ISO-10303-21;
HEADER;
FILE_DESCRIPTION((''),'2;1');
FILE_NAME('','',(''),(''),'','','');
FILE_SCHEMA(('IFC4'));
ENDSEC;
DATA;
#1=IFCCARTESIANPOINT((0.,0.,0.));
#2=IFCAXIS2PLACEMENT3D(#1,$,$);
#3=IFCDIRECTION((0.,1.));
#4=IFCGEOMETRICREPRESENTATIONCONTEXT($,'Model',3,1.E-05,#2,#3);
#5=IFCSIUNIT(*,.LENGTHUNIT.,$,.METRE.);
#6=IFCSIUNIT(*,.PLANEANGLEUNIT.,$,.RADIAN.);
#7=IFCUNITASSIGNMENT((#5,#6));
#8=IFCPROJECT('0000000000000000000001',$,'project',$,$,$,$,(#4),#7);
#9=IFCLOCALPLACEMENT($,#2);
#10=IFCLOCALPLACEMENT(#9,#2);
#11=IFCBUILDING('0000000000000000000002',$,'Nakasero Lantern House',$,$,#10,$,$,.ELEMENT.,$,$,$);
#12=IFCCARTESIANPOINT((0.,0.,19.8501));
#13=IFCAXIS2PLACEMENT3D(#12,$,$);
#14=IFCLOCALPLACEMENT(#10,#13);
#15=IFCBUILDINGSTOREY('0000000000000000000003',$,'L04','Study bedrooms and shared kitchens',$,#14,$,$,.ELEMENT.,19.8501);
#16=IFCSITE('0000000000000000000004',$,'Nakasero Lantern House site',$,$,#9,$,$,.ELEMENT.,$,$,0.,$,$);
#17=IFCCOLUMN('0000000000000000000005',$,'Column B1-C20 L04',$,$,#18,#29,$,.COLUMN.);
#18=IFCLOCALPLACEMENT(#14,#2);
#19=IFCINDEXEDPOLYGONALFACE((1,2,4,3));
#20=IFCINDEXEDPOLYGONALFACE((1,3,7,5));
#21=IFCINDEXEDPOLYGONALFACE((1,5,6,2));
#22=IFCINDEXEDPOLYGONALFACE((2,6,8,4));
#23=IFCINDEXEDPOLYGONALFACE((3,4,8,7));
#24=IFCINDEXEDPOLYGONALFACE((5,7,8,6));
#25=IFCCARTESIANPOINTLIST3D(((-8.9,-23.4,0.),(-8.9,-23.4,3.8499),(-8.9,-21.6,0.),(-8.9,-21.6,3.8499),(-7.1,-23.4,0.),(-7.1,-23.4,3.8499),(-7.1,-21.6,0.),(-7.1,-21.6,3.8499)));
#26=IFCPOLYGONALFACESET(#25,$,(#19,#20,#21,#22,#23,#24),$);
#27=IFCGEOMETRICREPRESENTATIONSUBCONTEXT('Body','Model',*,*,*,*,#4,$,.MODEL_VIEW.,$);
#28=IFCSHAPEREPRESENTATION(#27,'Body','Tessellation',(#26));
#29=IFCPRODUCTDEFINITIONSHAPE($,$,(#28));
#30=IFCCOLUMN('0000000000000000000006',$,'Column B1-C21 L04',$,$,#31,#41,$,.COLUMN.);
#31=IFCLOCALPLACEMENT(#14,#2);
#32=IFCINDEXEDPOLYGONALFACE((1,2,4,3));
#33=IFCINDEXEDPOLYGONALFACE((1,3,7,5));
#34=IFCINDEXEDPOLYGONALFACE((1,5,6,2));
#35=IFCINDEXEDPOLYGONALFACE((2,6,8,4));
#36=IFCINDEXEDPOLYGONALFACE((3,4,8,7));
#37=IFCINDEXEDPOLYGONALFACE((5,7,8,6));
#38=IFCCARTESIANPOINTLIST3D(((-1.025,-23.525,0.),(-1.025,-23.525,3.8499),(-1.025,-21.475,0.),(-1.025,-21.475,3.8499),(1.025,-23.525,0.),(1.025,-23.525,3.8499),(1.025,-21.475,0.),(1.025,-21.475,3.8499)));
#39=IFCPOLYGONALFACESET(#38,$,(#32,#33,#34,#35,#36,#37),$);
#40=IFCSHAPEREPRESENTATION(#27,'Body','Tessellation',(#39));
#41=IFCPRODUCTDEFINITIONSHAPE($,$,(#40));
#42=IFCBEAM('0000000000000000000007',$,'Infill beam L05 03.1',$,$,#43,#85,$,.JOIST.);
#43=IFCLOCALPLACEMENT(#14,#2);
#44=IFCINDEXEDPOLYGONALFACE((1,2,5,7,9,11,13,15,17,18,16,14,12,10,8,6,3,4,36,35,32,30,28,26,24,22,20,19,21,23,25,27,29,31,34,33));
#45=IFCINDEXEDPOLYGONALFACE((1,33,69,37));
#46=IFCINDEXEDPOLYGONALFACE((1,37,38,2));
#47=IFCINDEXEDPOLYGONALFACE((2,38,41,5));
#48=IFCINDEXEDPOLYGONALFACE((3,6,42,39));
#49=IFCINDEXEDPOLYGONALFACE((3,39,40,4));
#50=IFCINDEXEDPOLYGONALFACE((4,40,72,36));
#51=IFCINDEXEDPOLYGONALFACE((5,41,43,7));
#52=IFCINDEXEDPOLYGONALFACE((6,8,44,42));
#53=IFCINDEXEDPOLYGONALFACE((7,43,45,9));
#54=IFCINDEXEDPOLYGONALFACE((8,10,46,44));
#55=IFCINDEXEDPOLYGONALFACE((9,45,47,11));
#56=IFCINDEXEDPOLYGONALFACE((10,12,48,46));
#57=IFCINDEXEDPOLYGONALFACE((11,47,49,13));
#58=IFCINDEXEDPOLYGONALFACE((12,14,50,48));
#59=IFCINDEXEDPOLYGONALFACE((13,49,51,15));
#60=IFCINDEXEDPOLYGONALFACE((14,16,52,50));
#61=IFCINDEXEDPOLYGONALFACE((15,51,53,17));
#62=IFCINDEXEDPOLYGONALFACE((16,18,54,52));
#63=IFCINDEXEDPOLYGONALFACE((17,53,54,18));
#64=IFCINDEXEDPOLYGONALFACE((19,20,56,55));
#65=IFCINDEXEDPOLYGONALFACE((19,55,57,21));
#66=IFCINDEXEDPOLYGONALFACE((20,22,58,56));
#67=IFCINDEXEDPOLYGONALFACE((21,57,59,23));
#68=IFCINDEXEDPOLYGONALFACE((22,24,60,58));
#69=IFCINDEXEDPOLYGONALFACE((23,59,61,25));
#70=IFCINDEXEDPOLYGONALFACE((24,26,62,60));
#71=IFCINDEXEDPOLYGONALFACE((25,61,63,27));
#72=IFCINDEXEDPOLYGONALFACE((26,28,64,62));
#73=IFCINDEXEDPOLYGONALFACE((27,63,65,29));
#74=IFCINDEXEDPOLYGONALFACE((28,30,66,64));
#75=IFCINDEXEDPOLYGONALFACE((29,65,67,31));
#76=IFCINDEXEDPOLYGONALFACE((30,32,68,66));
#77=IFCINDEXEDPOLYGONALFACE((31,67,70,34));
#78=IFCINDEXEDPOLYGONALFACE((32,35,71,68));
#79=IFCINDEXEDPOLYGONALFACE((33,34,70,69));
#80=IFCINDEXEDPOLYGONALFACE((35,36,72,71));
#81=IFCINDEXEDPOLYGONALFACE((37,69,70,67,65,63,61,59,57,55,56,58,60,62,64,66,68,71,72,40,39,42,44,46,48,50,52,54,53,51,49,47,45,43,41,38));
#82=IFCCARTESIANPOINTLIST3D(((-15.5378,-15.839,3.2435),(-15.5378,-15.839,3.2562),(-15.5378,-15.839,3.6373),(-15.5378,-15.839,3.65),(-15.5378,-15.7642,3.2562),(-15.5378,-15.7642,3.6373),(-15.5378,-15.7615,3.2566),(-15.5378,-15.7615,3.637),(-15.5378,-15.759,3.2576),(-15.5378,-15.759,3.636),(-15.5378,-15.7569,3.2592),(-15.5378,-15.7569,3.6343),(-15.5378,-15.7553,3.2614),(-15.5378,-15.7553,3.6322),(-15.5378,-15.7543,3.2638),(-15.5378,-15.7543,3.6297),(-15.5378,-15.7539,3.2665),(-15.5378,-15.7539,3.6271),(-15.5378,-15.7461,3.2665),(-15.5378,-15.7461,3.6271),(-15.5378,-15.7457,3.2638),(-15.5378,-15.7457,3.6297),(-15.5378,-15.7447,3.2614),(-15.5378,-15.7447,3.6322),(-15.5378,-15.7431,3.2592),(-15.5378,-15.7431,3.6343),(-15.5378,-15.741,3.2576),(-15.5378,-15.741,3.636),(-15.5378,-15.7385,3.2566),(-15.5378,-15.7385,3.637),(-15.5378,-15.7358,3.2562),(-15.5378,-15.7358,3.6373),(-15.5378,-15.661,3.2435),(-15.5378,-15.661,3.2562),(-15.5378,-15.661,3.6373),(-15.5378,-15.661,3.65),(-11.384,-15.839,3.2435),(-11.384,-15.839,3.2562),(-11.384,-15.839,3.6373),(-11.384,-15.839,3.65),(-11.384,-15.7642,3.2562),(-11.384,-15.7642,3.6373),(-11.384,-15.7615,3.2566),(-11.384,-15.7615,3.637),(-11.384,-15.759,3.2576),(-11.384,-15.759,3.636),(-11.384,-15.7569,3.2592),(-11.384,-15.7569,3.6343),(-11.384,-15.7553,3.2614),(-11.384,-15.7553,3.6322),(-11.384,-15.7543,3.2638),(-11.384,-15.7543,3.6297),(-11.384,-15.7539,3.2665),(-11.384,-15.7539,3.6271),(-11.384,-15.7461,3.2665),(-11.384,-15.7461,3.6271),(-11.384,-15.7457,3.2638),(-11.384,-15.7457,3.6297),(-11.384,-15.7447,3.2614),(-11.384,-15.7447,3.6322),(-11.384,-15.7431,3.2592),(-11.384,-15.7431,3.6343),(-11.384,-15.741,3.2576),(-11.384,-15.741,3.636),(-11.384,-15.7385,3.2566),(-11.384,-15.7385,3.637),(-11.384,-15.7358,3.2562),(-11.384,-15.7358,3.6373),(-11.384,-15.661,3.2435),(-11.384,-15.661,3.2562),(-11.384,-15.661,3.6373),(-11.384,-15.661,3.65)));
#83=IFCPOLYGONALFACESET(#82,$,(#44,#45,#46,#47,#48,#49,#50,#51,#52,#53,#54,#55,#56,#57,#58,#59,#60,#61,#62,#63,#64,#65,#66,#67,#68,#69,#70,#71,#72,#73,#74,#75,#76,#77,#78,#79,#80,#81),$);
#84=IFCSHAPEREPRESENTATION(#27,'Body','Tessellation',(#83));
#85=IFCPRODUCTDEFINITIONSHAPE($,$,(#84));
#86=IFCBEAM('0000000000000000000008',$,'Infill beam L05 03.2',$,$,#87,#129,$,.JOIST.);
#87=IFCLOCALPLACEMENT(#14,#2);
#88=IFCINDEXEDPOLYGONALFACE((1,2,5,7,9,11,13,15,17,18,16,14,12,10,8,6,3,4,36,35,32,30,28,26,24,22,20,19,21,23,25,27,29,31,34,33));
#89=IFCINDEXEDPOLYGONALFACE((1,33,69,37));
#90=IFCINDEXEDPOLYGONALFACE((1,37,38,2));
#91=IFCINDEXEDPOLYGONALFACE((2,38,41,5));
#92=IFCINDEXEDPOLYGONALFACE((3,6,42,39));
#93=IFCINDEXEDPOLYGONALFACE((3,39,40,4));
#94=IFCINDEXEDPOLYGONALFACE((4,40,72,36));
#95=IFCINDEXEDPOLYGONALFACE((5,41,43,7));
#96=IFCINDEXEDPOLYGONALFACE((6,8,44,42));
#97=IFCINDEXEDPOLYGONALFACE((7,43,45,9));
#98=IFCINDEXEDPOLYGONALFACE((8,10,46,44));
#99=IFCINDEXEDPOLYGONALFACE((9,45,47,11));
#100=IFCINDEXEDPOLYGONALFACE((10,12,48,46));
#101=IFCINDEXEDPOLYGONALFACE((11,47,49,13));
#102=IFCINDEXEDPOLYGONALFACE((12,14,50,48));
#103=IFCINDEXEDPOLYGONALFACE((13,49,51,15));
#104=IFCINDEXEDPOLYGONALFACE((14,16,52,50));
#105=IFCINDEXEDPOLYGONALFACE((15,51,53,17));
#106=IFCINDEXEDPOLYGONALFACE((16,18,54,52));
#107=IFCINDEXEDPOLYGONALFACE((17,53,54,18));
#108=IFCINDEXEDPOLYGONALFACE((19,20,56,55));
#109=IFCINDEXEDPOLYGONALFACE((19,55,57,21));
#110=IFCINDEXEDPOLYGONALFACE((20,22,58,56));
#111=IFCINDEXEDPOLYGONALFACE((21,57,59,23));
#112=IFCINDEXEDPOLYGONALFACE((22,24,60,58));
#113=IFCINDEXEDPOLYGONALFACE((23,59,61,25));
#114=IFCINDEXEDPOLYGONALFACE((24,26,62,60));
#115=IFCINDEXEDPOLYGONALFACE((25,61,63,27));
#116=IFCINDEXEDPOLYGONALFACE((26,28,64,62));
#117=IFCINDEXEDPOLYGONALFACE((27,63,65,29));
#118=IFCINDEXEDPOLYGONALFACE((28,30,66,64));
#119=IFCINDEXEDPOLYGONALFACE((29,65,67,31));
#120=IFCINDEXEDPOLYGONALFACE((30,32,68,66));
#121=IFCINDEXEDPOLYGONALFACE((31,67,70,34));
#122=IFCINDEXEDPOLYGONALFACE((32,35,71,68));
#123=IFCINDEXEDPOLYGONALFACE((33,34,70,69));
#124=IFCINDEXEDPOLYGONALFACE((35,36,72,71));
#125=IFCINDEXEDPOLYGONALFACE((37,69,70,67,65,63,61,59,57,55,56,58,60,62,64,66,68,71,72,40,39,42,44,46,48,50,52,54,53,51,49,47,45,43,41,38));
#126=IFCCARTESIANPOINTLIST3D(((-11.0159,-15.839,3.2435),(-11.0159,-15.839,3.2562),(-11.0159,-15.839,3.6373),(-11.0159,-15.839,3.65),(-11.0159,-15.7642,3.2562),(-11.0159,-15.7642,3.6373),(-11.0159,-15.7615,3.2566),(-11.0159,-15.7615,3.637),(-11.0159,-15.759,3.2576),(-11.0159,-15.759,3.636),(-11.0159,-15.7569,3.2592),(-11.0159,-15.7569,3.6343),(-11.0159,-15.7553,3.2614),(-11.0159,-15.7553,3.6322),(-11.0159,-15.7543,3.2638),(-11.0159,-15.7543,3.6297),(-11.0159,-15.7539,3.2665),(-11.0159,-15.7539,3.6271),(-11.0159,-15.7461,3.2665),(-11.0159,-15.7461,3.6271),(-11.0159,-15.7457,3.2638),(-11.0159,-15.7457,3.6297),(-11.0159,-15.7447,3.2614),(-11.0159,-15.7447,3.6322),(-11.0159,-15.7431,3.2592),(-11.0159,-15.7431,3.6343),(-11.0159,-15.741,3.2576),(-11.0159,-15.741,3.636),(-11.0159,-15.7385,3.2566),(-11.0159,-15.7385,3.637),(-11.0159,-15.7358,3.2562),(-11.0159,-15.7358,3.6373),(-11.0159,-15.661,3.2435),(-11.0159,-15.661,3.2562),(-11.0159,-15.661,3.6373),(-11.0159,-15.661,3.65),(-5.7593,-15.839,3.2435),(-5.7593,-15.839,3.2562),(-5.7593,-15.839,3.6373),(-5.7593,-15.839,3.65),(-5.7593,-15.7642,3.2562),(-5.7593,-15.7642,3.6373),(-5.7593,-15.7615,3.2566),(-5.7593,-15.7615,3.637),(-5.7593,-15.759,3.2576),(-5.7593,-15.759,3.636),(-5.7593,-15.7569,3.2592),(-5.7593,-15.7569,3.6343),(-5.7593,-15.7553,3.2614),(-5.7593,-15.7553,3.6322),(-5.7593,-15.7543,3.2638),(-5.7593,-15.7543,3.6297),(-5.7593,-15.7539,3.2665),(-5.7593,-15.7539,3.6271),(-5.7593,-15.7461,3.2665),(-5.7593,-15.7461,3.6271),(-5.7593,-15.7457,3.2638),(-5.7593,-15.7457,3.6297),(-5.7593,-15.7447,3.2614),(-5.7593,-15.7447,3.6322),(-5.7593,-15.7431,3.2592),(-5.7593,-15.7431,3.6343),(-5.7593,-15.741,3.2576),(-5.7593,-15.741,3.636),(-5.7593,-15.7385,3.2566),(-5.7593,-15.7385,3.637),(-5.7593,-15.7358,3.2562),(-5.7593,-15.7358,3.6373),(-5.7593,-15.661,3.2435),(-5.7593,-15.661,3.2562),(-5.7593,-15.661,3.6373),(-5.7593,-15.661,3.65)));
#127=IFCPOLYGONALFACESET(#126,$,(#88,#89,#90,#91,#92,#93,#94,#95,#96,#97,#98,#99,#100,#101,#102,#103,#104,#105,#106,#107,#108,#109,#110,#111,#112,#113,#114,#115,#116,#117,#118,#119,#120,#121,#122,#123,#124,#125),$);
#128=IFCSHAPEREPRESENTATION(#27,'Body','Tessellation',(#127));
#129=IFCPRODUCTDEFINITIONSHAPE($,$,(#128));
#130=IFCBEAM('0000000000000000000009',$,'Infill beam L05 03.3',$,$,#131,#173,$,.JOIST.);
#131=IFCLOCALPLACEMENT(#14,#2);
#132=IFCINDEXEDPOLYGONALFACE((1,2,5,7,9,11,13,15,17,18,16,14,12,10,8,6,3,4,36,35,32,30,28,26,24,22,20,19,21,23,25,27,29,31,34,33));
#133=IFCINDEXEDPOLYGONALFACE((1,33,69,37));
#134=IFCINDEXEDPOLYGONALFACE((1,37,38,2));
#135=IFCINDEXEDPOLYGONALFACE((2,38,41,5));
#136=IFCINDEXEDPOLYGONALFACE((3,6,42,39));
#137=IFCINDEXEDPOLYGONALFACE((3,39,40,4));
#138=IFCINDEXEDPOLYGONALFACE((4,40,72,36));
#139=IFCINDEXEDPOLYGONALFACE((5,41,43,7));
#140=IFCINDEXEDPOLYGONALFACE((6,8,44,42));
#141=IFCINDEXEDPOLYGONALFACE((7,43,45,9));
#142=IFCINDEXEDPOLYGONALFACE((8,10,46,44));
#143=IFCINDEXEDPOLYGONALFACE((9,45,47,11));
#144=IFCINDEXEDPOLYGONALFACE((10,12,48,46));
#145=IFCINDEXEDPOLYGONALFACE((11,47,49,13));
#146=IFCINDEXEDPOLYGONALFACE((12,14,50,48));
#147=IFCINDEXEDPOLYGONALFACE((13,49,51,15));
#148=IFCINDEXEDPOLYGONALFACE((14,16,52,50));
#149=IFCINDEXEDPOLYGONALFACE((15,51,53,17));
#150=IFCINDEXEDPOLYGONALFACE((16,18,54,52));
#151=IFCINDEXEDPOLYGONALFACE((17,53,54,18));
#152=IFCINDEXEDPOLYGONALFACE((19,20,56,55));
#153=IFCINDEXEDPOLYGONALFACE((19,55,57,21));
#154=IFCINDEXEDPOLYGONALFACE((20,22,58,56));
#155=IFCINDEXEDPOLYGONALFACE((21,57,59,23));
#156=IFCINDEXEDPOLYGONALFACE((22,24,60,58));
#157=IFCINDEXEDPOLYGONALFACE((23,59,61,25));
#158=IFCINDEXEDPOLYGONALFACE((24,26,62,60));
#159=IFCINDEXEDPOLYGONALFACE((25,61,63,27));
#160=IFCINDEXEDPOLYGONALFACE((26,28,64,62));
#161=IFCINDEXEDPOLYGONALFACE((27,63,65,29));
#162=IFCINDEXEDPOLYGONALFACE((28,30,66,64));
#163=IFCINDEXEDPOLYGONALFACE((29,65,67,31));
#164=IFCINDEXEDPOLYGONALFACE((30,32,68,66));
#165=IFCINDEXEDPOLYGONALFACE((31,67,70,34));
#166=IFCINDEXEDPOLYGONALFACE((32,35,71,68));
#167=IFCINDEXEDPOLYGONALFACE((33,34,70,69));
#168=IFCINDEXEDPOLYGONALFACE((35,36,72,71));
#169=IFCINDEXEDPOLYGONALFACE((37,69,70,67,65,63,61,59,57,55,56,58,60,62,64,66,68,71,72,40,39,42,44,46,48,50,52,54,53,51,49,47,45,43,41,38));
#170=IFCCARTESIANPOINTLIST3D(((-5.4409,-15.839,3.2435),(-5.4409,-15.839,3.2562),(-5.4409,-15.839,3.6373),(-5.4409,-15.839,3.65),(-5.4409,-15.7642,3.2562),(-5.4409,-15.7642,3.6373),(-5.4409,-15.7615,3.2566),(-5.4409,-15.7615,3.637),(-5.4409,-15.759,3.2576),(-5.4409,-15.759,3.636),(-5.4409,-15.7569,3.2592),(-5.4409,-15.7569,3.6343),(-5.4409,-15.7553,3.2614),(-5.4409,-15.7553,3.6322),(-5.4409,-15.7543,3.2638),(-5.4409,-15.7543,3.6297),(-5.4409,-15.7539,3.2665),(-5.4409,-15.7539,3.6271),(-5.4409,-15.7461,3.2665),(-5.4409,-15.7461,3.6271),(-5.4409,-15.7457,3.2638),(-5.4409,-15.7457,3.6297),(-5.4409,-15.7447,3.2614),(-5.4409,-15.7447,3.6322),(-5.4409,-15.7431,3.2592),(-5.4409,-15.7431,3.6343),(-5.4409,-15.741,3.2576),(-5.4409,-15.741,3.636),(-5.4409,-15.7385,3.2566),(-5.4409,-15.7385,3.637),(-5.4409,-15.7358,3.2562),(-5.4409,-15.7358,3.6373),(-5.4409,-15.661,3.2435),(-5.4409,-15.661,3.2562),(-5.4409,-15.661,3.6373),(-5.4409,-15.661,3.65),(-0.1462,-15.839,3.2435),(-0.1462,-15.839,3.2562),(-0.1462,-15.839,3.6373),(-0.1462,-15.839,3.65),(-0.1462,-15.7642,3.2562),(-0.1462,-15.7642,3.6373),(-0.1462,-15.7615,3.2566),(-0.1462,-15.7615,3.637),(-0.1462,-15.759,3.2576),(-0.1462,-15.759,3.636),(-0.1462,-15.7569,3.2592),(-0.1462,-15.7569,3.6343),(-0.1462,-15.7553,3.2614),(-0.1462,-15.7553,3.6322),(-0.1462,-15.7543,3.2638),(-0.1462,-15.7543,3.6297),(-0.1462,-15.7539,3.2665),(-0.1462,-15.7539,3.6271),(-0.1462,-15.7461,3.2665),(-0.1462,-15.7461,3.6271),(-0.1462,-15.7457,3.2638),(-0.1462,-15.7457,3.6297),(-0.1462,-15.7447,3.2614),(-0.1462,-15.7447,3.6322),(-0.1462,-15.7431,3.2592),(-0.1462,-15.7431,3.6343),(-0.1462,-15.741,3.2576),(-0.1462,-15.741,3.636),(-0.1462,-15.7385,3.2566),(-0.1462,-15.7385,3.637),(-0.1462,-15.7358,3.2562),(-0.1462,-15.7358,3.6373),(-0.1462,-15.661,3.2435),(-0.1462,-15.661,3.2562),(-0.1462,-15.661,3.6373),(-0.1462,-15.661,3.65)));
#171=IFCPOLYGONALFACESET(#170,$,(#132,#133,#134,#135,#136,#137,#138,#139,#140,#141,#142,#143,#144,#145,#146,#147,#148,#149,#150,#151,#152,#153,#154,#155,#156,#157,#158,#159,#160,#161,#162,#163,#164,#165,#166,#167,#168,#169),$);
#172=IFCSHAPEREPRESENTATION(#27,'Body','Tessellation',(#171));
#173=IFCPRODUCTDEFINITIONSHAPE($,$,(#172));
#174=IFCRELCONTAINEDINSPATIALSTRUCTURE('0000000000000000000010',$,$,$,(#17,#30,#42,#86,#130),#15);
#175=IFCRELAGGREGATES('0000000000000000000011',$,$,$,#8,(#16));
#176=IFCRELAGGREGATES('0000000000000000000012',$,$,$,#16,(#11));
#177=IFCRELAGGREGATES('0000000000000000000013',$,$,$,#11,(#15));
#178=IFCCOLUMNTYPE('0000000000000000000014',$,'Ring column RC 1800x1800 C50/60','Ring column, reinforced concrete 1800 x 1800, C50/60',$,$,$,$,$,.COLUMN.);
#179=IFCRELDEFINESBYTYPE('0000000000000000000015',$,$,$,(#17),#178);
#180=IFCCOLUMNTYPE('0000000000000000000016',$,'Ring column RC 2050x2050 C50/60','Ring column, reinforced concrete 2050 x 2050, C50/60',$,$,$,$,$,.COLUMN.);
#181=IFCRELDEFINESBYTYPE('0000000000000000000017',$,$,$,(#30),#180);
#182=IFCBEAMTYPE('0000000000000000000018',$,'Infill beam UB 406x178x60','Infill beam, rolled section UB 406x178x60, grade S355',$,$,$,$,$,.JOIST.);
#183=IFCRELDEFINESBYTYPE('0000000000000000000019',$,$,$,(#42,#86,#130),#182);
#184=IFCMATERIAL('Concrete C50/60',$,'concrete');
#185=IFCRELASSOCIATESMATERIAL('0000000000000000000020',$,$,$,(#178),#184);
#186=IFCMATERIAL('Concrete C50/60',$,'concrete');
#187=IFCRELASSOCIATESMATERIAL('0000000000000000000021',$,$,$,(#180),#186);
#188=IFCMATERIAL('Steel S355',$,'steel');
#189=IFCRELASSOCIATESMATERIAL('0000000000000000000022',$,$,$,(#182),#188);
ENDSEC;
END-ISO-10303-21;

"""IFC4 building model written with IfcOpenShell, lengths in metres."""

from ifc_helpers import new_model, si_unit, direction, frame, origin, origin_2d, place, context, subcontext, project, spatial, rectangle, i_section, extrude, material, material_profile, profile_set, type_object, element, save


model = new_model("IFC4")

# Units and contexts
model_context = context("Model", 3, precision=1e-05, world=origin(), true_north=direction((0.0, 1.0)))
body_context = subcontext(model_context, "Body", "Model", "MODEL_VIEW")
ifc_project = project(units=[si_unit("LENGTHUNIT", "METRE"), si_unit("PLANEANGLEUNIT", "RADIAN")], contexts=[model_context])

# Site, building, storey
site_placement = place(None, origin())
site = spatial("IfcSite", under=ifc_project, at=site_placement, Name="Nakasero Lantern House site", CompositionType="ELEMENT", RefElevation=0.0)
building_placement = place(site_placement, origin())
building = spatial("IfcBuilding", under=site, at=building_placement, Name="Nakasero Lantern House", CompositionType="ELEMENT")
storey_placement = place(building_placement, frame((0.0, 0.0, 19.8501)))
storey = spatial("IfcBuildingStorey", under=building, at=storey_placement, Name="L04", Description="Study bedrooms and shared kitchens", CompositionType="ELEMENT", Elevation=19.8501)

# Columns
ifc_material_1 = material(Name="Concrete C50/60", Category="concrete")
ifc_material_profile_1 = material_profile(ifc_material_1, rectangle(XDim=1.8, YDim=1.8, at=origin_2d()), Name="RC 1800x1800")
ifc_profile_set_1 = profile_set([ifc_material_profile_1], Name="Concrete C50/60")
column_type_1 = type_object("IfcColumnType", Name="Ring column RC 1800x1800 C50/60", Description="Ring column, reinforced concrete 1800 x 1800, C50/60", PredefinedType="COLUMN", material=ifc_profile_set_1)
column_1_placement = place(storey_placement, frame((-8.0, -22.5, 0.0), z_axis=(0.0, 0.0, 1.0), x_axis=(1.0, 0.0, 0.0)))
element("IfcColumn", 1, at=column_1_placement, inside=storey, type_object=column_type_1, Name="Column B1-C20 L04", PredefinedType="COLUMN", context=body_context, shape_type="SweptSolid", body=[
    extrude(rectangle(XDim=1.8, YDim=1.8, at=origin_2d()), origin(), (0.0, 0.0, 1.0), 3.8499),
])
ifc_material_2 = material(Name="Concrete C50/60", Category="concrete")
ifc_material_profile_2 = material_profile(ifc_material_2, rectangle(XDim=2.05, YDim=2.05, at=origin_2d()), Name="RC 2050x2050")
ifc_profile_set_2 = profile_set([ifc_material_profile_2], Name="Concrete C50/60")
column_type_2 = type_object("IfcColumnType", Name="Ring column RC 2050x2050 C50/60", Description="Ring column, reinforced concrete 2050 x 2050, C50/60", PredefinedType="COLUMN", material=ifc_profile_set_2)
column_2_placement = place(storey_placement, frame((0.0, -22.5, 0.0), z_axis=(0.0, 0.0, 1.0), x_axis=(1.0, 0.0, 0.0)))
element("IfcColumn", 2, at=column_2_placement, inside=storey, type_object=column_type_2, Name="Column B1-C21 L04", PredefinedType="COLUMN", context=body_context, shape_type="SweptSolid", body=[
    extrude(rectangle(XDim=2.05, YDim=2.05, at=origin_2d()), origin(), (0.0, 0.0, 1.0), 3.8499),
])

# Beams
ifc_material_3 = material(Name="Steel S355", Category="steel")
ifc_material_profile_3 = material_profile(ifc_material_3, i_section(OverallWidth=0.178, OverallDepth=0.4065, WebThickness=0.0078, FlangeThickness=0.0127, FilletRadius=0.0103, at=origin_2d()), Name="UB 406x178x60")
ifc_profile_set_3 = profile_set([ifc_material_profile_3], Name="Steel S355")
beam_type_1 = type_object("IfcBeamType", Name="Infill beam UB 406x178x60", Description="Infill beam, rolled section UB 406x178x60, grade S355", PredefinedType="JOIST", material=ifc_profile_set_3)
beam_1_placement = place(storey_placement, frame((-15.5378, -15.75, 3.4468), z_axis=(1.0, 0.0, 0.0), x_axis=(0.0, 1.0, 0.0)))
element("IfcBeam", 3, at=beam_1_placement, inside=storey, type_object=beam_type_1, Name="Infill beam L05 03.1", PredefinedType="JOIST", context=body_context, shape_type="SweptSolid", body=[
    extrude(i_section(OverallWidth=0.178, OverallDepth=0.4065, WebThickness=0.0078, FlangeThickness=0.0127, FilletRadius=0.0103, at=origin_2d()), origin(), (0.0, 0.0, 1.0), 4.1538),
])
beam_2_placement = place(storey_placement, frame((-11.0159, -15.75, 3.4468), z_axis=(1.0, 0.0, 0.0), x_axis=(0.0, 1.0, 0.0)))
element("IfcBeam", 4, at=beam_2_placement, inside=storey, type_object=beam_type_1, Name="Infill beam L05 03.2", PredefinedType="JOIST", context=body_context, shape_type="SweptSolid", body=[
    extrude(i_section(OverallWidth=0.178, OverallDepth=0.4065, WebThickness=0.0078, FlangeThickness=0.0127, FilletRadius=0.0103, at=origin_2d()), origin(), (0.0, 0.0, 1.0), 5.2566),
])
beam_3_placement = place(storey_placement, frame((-5.4409, -15.75, 3.4468), z_axis=(1.0, 0.0, 0.0), x_axis=(0.0, 1.0, 0.0)))
element("IfcBeam", 5, at=beam_3_placement, inside=storey, type_object=beam_type_1, Name="Infill beam L05 03.3", PredefinedType="JOIST", context=body_context, shape_type="SweptSolid", body=[
    extrude(i_section(OverallWidth=0.178, OverallDepth=0.4065, WebThickness=0.0078, FlangeThickness=0.0127, FilletRadius=0.0103, at=origin_2d()), origin(), (0.0, 0.0, 1.0), 5.2947),
])

save(model, "model.ifc")
